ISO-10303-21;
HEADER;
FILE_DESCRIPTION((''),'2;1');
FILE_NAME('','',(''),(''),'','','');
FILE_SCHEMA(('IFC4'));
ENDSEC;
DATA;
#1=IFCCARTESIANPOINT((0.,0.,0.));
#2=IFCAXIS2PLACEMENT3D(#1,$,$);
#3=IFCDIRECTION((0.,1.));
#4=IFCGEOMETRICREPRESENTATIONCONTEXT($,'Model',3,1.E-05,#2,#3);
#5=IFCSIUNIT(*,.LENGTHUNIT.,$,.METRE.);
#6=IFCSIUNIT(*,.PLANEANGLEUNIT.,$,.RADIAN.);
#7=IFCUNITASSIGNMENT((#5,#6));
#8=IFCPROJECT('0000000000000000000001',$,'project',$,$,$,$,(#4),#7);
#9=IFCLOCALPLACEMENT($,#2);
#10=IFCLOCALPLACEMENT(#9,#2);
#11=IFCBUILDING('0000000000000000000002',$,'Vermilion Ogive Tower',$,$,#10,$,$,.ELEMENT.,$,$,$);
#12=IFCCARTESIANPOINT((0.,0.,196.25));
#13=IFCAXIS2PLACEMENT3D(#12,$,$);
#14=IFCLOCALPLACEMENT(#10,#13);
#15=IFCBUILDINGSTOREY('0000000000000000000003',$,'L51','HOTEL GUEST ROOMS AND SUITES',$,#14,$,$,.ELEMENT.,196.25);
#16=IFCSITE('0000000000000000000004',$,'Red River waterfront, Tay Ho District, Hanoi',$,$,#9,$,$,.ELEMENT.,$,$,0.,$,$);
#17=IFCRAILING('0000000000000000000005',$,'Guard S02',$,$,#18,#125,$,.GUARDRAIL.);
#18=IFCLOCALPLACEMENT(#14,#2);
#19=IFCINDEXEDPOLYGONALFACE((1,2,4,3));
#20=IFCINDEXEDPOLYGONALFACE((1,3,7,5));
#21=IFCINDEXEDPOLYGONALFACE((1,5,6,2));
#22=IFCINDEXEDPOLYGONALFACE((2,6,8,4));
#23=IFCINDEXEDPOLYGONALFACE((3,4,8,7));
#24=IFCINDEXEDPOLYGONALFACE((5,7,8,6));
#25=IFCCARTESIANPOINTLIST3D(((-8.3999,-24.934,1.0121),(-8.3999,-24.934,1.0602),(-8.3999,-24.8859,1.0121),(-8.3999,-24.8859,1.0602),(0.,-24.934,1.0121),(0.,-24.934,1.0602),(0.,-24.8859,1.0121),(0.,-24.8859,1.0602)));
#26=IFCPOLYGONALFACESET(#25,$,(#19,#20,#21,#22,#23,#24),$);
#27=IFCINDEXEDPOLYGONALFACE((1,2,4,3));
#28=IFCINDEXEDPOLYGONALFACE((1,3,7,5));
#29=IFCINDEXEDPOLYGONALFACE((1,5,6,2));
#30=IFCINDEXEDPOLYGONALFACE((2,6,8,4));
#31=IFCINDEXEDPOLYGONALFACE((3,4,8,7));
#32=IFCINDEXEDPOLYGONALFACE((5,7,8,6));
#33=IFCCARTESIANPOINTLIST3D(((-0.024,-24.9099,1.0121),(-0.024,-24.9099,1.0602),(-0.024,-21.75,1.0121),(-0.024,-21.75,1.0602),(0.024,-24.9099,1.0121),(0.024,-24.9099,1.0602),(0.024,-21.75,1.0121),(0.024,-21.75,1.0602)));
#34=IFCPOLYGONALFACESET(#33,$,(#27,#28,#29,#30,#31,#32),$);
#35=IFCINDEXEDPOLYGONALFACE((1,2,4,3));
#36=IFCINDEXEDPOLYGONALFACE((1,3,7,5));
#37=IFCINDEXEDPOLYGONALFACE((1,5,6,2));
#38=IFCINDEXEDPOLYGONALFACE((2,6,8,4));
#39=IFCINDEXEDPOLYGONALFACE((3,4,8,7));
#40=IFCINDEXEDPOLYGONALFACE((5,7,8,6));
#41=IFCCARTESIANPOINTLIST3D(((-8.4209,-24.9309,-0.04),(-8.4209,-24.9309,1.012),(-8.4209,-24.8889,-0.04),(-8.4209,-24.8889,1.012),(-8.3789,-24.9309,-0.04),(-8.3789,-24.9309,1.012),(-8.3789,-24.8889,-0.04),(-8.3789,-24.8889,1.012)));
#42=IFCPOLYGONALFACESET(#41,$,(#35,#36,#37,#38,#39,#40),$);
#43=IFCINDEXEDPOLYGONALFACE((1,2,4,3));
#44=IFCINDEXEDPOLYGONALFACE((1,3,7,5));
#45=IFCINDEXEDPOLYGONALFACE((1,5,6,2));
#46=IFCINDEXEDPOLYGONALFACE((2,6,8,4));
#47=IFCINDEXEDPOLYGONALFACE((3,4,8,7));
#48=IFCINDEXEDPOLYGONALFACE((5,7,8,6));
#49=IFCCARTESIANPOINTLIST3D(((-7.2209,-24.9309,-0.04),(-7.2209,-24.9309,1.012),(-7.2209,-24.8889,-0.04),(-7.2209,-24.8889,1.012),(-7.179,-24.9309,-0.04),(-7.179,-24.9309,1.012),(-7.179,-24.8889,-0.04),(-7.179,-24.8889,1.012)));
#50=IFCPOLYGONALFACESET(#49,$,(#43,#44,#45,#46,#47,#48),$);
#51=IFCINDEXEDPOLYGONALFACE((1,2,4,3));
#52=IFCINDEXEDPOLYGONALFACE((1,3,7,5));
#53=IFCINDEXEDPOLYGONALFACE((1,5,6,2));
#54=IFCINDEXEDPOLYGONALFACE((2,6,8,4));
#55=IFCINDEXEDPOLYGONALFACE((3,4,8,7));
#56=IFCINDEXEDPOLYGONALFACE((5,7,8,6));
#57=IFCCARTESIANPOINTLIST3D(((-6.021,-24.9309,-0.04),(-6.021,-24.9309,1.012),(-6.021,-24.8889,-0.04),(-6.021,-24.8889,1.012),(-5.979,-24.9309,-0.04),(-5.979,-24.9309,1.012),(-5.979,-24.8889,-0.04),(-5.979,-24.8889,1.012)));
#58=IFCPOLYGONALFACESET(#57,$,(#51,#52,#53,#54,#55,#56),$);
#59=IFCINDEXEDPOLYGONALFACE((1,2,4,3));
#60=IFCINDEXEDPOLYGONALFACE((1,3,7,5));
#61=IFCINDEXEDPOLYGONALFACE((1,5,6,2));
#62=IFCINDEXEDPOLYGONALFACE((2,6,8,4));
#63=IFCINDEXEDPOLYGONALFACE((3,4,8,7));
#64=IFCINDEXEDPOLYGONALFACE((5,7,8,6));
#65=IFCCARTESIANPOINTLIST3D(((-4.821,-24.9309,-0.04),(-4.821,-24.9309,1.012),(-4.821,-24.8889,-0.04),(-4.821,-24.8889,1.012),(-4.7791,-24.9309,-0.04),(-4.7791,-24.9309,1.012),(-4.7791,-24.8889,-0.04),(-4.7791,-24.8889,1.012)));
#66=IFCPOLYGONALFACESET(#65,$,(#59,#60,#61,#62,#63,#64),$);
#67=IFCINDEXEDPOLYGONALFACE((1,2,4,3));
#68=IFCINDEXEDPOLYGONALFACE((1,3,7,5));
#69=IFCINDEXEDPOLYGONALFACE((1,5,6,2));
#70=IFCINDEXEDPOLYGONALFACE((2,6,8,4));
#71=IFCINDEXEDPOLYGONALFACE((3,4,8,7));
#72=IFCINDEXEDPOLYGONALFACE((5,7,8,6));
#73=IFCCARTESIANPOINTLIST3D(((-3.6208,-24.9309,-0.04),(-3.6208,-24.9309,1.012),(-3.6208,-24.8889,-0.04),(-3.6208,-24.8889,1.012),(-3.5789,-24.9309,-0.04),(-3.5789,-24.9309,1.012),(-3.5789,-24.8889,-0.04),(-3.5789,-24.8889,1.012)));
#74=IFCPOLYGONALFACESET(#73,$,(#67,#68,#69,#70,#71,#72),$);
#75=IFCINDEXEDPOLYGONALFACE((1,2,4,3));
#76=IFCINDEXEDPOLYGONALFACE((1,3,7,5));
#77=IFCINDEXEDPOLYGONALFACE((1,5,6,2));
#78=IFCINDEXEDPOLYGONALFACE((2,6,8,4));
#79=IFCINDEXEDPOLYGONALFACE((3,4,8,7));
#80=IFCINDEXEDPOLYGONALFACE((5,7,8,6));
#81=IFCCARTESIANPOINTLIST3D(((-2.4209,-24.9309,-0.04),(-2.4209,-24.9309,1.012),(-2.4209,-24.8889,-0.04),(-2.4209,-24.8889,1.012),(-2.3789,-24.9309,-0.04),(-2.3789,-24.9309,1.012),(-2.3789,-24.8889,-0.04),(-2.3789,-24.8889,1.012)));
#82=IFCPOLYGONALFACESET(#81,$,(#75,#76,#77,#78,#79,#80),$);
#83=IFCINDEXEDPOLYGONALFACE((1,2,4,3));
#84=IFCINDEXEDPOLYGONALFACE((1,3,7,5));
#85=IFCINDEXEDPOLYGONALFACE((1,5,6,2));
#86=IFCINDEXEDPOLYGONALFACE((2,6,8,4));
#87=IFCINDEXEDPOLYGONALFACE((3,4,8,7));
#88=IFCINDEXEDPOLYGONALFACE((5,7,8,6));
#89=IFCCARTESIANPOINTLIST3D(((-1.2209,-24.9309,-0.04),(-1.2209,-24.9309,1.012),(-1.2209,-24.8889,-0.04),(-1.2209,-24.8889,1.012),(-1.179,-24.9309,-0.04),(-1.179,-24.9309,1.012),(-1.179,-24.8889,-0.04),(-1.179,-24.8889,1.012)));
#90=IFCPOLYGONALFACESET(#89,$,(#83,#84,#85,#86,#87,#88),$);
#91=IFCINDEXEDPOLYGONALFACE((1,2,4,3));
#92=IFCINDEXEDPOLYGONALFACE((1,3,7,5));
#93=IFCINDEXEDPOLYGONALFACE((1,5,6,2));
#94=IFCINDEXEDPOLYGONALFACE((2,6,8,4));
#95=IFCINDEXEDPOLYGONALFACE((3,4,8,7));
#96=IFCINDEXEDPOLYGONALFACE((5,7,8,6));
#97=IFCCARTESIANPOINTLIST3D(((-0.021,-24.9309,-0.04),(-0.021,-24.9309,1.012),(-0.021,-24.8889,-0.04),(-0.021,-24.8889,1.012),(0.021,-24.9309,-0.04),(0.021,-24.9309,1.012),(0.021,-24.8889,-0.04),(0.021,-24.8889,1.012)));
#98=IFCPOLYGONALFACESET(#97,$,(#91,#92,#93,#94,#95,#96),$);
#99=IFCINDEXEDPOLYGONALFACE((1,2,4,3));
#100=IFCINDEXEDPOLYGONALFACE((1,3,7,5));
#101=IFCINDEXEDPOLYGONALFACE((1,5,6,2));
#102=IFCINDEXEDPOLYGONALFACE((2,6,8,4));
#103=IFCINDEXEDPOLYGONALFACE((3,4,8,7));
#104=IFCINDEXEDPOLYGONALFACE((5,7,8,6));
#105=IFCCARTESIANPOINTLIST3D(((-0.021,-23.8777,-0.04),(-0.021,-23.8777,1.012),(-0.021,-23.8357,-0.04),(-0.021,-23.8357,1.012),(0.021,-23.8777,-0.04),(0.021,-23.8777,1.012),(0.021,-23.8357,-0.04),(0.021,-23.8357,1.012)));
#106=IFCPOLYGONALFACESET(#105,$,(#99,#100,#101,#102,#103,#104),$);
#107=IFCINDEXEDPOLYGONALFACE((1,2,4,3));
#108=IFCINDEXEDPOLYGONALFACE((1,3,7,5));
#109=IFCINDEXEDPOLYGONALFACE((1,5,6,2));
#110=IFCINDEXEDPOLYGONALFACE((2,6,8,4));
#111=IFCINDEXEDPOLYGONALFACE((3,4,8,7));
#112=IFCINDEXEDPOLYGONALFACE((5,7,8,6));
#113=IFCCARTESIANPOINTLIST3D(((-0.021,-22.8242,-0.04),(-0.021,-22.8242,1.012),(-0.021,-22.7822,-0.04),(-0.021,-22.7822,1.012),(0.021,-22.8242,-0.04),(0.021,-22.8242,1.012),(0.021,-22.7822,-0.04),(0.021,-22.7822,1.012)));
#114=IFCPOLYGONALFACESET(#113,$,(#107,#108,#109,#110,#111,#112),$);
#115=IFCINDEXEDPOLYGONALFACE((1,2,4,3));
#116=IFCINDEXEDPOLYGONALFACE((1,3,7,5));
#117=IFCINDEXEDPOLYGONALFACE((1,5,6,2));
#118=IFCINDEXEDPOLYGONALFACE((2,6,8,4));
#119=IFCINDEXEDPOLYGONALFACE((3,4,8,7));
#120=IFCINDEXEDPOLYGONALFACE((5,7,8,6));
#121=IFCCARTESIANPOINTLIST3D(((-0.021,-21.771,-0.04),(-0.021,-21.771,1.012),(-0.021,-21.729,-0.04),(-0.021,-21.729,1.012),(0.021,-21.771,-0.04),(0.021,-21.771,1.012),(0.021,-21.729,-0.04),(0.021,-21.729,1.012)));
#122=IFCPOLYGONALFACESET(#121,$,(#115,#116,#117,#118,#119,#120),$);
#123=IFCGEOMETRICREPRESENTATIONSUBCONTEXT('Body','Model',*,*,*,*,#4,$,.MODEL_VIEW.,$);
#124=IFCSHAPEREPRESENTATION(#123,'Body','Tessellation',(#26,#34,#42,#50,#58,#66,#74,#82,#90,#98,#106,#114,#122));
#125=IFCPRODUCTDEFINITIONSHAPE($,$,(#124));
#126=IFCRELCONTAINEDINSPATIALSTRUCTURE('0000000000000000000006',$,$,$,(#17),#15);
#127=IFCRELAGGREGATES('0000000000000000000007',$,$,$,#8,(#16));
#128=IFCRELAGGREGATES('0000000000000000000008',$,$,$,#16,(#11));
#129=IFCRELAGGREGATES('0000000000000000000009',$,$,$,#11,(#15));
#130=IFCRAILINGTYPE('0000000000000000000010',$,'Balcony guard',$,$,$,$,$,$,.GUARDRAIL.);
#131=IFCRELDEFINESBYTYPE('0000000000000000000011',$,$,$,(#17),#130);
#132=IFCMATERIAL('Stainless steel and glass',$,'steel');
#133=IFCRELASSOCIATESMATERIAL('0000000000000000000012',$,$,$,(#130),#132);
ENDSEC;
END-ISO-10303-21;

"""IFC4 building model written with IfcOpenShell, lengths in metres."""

from ifc_helpers import new_model, si_unit, direction, frame, origin, origin_2d, place, context, subcontext, project, spatial, rectangle, extrude, material, type_object, element, save


model = new_model("IFC4")

# Units and contexts
model_context = context("Model", 3, precision=1e-05, world=origin(), true_north=direction((0.0, 1.0)))
body_context = subcontext(model_context, "Body", "Model", "MODEL_VIEW")
ifc_project = project(units=[si_unit("LENGTHUNIT", "METRE"), si_unit("PLANEANGLEUNIT", "RADIAN")], contexts=[model_context])

# Site, building, storey
site_placement = place(None, origin())
site = spatial("IfcSite", under=ifc_project, at=site_placement, Name="Red River waterfront, Tay Ho District, Hanoi", CompositionType="ELEMENT", RefElevation=0.0)
building_placement = place(site_placement, origin())
building = spatial("IfcBuilding", under=site, at=building_placement, Name="Vermilion Ogive Tower", CompositionType="ELEMENT")
storey_placement = place(building_placement, frame((0.0, 0.0, 196.25)))
storey = spatial("IfcBuildingStorey", under=building, at=storey_placement, Name="L51", Description="HOTEL GUEST ROOMS AND SUITES", CompositionType="ELEMENT", Elevation=196.25)

# Railing
ifc_material_1 = material(Name="Stainless steel and glass", Category="steel")
railing_type_1 = type_object("IfcRailingType", Name="Balcony guard", PredefinedType="GUARDRAIL", material=ifc_material_1)
railing_1_placement = place(storey_placement, frame((-8.3999, -24.9099, -0.04)))
element("IfcRailing", 1, at=railing_1_placement, inside=storey, type_object=railing_type_1, Name="Guard S02", PredefinedType="GUARDRAIL", context=body_context, shape_type="SweptSolid", body=[
    extrude(rectangle(XDim=0.0481, YDim=0.0481, at=origin_2d()), frame((0.0, 0.0, 1.0762), z_axis=(1.0, 0.0, 0.0), x_axis=(0.0, 1.0, 0.0)), (0.0, 0.0, 1.0), 8.3999),
    extrude(rectangle(XDim=0.0481, YDim=0.0481, at=origin_2d()), frame((8.3999, 0.0, 1.0762), z_axis=(0.0, 1.0, 0.0), x_axis=(-1.0, 0.0, 0.0)), (0.0, 0.0, 1.0), 3.1599),
    extrude(rectangle(XDim=0.042, YDim=0.042, at=origin_2d()), origin(), (0.0, 0.0, 1.0), 1.052),
    extrude(rectangle(XDim=0.042, YDim=0.042, at=origin_2d()), frame((1.2, 0.0, 0.0)), (0.0, 0.0, 1.0), 1.052),
    extrude(rectangle(XDim=0.042, YDim=0.042, at=origin_2d()), frame((2.3999, 0.0, 0.0)), (0.0, 0.0, 1.0), 1.052),
    extrude(rectangle(XDim=0.042, YDim=0.042, at=origin_2d()), frame((3.5999, 0.0, 0.0)), (0.0, 0.0, 1.0), 1.052),
    extrude(rectangle(XDim=0.042, YDim=0.042, at=origin_2d()), frame((4.8, 0.0, 0.0)), (0.0, 0.0, 1.0), 1.052),
    extrude(rectangle(XDim=0.042, YDim=0.042, at=origin_2d()), frame((6.0, 0.0, 0.0)), (0.0, 0.0, 1.0), 1.052),
    extrude(rectangle(XDim=0.042, YDim=0.042, at=origin_2d()), frame((7.2, 0.0, 0.0)), (0.0, 0.0, 1.0), 1.052),
    extrude(rectangle(XDim=0.042, YDim=0.042, at=origin_2d()), frame((8.3999, 0.0, 0.0)), (0.0, 0.0, 1.0), 1.052),
    extrude(rectangle(XDim=0.042, YDim=0.042, at=origin_2d()), frame((8.3999, 1.0532, 0.0)), (0.0, 0.0, 1.0), 1.052),
    extrude(rectangle(XDim=0.042, YDim=0.042, at=origin_2d()), frame((8.3999, 2.1067, 0.0)), (0.0, 0.0, 1.0), 1.052),
    extrude(rectangle(XDim=0.042, YDim=0.042, at=origin_2d()), frame((8.3999, 3.1599, 0.0)), (0.0, 0.0, 1.0), 1.052),
])

save(model, "model.ifc")
